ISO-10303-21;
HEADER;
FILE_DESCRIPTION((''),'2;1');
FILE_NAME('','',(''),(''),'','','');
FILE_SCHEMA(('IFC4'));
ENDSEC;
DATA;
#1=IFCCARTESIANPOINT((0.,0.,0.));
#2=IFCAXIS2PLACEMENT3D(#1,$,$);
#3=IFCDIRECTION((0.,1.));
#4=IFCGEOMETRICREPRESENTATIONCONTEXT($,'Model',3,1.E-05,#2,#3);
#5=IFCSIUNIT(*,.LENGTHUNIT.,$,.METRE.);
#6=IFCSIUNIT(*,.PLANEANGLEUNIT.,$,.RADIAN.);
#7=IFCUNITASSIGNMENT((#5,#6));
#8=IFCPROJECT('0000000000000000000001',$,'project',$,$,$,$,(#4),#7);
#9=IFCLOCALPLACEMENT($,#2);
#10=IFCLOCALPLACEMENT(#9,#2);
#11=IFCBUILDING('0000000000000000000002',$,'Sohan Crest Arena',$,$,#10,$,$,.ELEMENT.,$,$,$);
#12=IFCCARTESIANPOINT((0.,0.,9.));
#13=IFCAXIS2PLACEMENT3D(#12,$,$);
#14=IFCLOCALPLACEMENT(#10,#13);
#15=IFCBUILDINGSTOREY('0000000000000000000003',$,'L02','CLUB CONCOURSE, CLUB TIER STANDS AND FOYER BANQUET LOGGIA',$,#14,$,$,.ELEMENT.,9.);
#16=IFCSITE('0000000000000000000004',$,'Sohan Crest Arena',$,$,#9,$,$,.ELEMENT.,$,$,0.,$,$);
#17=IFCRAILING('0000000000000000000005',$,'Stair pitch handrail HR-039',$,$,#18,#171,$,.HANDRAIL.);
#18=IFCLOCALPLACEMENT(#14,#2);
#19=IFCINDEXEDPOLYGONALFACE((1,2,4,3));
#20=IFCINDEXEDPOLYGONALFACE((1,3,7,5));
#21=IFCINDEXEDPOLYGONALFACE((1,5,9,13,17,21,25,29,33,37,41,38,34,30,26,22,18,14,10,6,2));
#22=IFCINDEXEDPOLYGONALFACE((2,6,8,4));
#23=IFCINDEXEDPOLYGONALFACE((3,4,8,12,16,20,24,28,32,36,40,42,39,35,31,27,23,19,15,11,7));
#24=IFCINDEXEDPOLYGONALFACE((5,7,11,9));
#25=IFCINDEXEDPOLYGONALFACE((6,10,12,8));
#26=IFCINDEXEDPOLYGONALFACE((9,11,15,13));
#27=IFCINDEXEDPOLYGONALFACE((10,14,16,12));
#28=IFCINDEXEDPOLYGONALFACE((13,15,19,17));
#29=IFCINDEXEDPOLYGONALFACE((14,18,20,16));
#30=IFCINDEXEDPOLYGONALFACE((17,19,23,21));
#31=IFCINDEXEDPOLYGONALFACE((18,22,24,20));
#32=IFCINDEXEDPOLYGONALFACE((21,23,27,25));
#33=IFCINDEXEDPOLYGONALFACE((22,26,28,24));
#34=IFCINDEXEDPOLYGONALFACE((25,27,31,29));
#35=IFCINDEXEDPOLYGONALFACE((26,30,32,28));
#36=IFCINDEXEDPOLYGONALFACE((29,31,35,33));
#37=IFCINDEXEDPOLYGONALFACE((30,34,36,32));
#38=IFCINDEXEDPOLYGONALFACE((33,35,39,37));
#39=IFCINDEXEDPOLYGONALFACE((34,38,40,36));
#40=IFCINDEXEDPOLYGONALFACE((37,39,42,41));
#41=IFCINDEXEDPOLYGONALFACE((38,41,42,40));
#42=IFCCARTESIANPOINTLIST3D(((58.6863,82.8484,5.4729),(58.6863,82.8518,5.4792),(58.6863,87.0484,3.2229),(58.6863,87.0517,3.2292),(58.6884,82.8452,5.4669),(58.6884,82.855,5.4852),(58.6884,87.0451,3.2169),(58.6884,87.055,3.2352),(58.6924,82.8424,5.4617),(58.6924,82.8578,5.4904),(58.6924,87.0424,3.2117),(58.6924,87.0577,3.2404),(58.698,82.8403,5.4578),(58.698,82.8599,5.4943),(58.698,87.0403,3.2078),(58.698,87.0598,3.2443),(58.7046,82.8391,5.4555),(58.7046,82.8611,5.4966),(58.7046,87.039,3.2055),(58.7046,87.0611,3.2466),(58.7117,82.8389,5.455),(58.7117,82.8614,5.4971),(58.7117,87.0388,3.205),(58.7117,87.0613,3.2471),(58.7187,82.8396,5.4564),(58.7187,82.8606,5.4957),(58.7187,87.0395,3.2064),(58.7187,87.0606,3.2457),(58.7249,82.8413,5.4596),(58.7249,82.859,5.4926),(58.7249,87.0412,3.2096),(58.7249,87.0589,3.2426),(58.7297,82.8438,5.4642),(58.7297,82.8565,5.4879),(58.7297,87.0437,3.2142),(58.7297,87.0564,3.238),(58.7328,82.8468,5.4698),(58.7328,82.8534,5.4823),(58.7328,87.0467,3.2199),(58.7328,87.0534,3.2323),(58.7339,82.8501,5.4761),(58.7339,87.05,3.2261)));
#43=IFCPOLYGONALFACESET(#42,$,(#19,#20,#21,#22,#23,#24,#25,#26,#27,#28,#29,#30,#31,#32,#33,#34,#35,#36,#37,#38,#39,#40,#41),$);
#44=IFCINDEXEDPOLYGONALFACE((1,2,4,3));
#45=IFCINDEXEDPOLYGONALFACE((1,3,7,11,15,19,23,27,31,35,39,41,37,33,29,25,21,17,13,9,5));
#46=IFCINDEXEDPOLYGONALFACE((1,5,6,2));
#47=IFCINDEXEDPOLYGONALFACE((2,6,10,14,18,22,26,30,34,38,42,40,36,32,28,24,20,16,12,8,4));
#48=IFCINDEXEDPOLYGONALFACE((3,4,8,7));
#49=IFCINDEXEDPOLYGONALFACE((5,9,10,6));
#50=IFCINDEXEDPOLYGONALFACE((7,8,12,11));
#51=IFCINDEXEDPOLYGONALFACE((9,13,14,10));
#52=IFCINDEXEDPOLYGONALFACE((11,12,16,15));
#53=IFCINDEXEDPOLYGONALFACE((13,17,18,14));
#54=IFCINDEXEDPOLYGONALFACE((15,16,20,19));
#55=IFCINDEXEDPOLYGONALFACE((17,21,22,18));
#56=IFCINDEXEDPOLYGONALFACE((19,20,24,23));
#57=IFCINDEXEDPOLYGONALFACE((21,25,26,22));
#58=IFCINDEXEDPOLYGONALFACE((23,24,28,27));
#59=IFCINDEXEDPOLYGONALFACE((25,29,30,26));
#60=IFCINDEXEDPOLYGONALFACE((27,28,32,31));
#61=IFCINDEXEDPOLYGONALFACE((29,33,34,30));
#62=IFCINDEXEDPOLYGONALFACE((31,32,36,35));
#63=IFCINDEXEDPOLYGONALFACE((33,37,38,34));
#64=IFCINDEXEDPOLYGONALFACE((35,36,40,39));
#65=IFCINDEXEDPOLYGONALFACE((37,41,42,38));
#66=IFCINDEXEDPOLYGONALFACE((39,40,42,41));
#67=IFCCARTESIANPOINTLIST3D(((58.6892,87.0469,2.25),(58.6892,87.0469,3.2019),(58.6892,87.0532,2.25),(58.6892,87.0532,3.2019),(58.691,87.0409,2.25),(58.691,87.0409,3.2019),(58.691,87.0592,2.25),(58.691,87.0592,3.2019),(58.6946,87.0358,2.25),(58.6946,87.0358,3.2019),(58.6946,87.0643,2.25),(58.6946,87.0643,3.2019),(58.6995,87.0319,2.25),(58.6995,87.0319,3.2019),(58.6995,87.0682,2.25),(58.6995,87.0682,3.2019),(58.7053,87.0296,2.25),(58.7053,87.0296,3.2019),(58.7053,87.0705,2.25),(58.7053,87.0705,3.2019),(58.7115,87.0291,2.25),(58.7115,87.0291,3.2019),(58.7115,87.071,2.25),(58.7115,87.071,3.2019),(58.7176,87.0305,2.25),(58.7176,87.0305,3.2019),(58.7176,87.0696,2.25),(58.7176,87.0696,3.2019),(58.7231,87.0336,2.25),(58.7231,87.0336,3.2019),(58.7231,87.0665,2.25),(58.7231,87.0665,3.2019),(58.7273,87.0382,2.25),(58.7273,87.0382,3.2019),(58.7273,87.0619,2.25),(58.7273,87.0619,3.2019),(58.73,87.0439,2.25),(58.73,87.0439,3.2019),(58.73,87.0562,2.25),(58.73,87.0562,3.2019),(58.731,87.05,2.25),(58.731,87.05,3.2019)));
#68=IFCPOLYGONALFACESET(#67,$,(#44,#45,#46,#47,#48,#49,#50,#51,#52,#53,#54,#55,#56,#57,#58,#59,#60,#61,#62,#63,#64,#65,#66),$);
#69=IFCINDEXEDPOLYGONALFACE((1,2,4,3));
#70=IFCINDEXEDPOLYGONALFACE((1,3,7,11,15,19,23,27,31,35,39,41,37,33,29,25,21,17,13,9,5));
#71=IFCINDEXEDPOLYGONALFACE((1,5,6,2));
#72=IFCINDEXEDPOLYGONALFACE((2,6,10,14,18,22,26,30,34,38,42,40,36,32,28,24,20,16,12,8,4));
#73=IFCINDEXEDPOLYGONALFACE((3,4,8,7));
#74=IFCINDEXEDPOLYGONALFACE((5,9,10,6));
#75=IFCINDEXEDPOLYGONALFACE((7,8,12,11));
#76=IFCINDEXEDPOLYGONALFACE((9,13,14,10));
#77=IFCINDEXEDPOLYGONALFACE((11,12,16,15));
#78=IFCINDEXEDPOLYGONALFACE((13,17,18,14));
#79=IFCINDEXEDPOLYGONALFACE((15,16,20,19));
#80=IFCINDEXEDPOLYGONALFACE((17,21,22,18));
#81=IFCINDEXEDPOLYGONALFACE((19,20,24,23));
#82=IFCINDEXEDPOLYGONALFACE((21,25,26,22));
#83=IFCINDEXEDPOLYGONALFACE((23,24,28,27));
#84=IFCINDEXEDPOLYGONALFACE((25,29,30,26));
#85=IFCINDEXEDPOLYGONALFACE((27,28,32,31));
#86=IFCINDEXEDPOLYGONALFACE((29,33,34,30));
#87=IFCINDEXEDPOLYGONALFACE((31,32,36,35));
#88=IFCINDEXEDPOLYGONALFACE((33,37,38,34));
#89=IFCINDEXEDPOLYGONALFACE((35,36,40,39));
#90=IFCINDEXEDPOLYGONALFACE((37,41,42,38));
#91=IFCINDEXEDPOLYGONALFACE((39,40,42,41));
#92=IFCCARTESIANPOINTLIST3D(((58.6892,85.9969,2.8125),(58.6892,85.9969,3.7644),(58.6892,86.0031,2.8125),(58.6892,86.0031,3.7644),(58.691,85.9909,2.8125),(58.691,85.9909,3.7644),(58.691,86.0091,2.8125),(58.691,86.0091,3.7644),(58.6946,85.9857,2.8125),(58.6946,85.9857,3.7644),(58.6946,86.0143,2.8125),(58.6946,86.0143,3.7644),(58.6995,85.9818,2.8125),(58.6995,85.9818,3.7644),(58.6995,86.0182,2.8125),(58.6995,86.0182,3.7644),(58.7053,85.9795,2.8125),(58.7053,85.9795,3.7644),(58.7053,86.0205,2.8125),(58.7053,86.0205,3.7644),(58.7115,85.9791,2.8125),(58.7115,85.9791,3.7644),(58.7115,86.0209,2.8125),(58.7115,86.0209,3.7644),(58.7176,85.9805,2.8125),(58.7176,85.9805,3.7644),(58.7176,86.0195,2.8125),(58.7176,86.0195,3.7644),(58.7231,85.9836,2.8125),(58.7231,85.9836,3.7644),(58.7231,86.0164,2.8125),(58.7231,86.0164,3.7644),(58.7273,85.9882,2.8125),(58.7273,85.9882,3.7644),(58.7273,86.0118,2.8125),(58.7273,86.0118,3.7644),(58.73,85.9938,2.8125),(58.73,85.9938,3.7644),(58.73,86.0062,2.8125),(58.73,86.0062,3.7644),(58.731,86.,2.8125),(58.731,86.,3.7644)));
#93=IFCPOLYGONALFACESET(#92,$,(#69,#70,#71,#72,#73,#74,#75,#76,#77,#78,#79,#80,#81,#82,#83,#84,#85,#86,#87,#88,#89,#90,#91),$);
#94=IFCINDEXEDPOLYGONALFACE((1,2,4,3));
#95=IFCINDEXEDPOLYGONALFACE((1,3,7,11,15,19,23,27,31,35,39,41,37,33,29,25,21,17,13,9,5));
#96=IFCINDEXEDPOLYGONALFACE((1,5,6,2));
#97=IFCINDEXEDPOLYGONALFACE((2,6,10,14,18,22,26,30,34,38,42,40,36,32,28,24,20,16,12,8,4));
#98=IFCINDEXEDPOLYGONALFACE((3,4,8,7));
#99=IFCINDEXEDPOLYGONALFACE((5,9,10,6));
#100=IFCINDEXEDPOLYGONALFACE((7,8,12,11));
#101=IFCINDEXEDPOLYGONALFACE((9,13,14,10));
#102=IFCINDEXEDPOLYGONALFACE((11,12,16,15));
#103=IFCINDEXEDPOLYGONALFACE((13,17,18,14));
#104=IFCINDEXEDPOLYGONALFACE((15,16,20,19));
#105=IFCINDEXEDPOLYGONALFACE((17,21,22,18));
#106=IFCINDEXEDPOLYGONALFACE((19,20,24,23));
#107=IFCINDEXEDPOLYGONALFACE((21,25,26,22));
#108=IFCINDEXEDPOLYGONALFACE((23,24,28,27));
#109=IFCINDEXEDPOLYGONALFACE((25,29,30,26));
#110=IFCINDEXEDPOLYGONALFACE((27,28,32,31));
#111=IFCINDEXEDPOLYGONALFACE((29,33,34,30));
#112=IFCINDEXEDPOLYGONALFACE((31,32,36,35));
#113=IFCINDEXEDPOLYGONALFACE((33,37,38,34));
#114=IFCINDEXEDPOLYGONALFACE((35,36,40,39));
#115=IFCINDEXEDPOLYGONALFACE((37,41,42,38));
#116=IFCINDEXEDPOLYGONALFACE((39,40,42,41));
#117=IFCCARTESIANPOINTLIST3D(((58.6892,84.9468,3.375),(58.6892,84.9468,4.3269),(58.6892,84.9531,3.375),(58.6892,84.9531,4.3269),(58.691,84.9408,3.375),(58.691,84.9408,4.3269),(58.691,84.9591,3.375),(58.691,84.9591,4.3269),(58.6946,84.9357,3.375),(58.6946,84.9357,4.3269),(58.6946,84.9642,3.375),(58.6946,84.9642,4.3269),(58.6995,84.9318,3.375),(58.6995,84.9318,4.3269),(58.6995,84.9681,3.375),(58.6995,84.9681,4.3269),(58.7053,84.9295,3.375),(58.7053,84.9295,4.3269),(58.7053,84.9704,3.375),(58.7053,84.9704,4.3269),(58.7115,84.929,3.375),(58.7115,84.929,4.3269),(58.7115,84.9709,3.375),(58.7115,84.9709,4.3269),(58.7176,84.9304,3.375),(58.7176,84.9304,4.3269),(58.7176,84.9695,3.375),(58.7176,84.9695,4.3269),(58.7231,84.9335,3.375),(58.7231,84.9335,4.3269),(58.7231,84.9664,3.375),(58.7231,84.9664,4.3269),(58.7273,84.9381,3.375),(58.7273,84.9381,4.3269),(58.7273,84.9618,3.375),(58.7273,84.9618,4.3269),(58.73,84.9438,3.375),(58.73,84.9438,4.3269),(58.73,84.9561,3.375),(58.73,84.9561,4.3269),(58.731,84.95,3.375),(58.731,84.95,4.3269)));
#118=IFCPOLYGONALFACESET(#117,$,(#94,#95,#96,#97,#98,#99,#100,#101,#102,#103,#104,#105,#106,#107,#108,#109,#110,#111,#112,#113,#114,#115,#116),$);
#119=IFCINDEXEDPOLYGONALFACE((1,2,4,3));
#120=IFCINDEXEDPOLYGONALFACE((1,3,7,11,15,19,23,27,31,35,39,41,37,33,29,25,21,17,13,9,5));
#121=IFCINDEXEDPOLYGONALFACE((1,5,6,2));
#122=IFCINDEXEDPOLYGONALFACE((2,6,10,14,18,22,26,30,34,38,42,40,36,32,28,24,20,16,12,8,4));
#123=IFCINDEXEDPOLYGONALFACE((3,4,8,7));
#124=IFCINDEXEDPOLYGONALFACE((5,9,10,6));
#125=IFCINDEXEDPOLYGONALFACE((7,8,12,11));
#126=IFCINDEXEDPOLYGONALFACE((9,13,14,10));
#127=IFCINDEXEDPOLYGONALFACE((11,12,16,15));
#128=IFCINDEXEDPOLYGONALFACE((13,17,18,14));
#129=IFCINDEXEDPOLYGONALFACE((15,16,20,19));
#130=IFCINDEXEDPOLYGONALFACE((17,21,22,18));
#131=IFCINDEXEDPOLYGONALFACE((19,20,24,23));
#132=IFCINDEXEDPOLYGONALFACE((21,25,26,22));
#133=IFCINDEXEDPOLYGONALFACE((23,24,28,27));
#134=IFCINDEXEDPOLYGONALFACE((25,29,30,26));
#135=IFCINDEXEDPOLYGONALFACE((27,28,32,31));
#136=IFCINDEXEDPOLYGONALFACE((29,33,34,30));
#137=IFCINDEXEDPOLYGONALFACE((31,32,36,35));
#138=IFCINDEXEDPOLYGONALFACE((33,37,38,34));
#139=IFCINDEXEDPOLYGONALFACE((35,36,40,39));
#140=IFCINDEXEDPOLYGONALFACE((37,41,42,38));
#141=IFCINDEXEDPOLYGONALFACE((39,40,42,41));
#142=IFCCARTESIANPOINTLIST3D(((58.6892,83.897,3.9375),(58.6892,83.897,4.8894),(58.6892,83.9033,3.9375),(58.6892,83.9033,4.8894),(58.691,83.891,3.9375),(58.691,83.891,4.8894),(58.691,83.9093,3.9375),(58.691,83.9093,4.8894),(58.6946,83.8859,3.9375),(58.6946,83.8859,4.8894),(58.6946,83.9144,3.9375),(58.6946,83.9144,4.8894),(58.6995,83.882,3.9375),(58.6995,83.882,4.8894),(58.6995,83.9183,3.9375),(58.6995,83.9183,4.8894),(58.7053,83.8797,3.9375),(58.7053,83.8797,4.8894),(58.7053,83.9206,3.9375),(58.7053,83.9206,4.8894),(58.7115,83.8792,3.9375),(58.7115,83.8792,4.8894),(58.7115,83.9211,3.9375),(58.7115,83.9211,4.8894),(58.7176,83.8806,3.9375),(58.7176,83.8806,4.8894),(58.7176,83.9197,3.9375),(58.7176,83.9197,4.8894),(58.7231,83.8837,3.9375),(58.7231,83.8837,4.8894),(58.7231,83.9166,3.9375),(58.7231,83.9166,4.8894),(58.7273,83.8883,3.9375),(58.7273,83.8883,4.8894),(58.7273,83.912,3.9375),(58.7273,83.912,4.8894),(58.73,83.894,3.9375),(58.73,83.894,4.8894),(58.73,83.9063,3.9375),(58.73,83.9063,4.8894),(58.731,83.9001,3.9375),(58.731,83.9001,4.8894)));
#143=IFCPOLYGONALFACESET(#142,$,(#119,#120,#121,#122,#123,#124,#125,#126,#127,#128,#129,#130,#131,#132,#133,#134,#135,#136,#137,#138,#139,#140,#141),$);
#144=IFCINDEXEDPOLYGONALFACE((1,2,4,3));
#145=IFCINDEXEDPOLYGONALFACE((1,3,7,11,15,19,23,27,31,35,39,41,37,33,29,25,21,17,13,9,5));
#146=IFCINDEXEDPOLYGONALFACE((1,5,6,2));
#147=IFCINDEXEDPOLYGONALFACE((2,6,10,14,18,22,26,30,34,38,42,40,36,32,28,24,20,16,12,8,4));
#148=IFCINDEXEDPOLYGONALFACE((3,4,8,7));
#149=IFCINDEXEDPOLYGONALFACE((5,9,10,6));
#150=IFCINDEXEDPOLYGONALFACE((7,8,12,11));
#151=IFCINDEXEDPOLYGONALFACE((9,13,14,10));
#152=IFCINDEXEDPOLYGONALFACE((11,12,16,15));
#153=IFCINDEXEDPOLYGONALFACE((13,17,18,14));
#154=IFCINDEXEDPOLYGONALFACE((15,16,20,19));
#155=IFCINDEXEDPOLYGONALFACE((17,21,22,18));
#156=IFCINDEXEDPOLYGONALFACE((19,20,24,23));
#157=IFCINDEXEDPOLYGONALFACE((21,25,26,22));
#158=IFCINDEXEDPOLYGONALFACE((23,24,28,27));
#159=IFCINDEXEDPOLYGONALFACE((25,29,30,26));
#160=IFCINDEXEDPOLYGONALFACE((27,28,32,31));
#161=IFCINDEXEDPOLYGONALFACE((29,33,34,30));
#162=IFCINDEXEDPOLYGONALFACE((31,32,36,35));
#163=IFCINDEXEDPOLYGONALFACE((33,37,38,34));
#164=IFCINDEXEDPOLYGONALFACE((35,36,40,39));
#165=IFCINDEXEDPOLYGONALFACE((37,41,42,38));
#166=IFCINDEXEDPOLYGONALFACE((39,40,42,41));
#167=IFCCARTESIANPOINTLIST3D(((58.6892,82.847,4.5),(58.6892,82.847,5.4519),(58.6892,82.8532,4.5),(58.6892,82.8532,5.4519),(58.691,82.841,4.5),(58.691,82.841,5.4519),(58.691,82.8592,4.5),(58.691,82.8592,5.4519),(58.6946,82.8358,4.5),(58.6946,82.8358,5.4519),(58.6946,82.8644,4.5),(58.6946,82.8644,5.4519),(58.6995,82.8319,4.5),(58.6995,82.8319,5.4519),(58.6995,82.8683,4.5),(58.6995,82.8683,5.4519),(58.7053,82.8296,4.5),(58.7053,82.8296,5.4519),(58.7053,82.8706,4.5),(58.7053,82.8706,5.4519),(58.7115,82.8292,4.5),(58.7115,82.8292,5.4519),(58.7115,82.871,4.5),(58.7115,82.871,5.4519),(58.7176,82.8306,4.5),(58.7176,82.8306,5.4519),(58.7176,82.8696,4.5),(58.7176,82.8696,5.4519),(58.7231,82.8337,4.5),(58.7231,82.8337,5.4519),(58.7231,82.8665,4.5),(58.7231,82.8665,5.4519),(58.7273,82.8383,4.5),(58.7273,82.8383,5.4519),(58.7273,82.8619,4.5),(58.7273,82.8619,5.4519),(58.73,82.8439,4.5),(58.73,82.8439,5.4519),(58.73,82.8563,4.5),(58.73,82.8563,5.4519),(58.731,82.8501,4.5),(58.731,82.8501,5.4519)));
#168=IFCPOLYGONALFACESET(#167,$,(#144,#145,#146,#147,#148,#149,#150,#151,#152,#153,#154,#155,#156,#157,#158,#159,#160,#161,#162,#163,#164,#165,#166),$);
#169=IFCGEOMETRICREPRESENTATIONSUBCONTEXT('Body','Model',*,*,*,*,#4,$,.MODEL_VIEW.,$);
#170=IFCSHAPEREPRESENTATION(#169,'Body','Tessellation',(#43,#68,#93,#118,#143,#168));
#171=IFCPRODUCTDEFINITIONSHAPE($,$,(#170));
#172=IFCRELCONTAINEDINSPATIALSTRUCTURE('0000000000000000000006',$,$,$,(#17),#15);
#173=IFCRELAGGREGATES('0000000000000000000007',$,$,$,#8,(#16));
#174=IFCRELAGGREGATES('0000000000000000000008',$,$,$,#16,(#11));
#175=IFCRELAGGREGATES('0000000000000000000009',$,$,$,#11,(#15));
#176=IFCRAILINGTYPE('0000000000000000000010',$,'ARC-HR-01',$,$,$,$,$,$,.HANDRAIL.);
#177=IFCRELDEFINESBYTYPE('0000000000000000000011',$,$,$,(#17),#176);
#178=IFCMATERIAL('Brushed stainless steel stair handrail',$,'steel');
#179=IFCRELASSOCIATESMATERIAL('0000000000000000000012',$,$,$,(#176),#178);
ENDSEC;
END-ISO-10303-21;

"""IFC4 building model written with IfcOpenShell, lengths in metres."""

from ifc_helpers import new_model, si_unit, direction, frame, origin, origin_2d, place, context, subcontext, project, spatial, circle, extrude, material, type_object, element, save


model = new_model("IFC4")

# Units and contexts
model_context = context("Model", 3, precision=1e-05, world=origin(), true_north=direction((0.0, 1.0)))
body_context = subcontext(model_context, "Body", "Model", "MODEL_VIEW")
ifc_project = project(units=[si_unit("LENGTHUNIT", "METRE"), si_unit("PLANEANGLEUNIT", "RADIAN")], contexts=[model_context])

# Site, building, storey
site_placement = place(None, origin())
site = spatial("IfcSite", under=ifc_project, at=site_placement, Name="Sohan Crest Arena", CompositionType="ELEMENT", RefElevation=0.0)
building_placement = place(site_placement, origin())
building = spatial("IfcBuilding", under=site, at=building_placement, Name="Sohan Crest Arena", CompositionType="ELEMENT")
storey_placement = place(building_placement, frame((0.0, 0.0, 9.0)))
storey = spatial("IfcBuildingStorey", under=building, at=storey_placement, Name="L02", Description="CLUB CONCOURSE, CLUB TIER STANDS AND FOYER BANQUET LOGGIA", CompositionType="ELEMENT", Elevation=9.0)

# Railing
ifc_material_1 = material(Name="Brushed stainless steel stair handrail", Category="steel")
railing_type_1 = type_object("IfcRailingType", Name="ARC-HR-01", PredefinedType="HANDRAIL", material=ifc_material_1)
railing_1_placement = place(storey_placement, frame((58.71, 87.05, 2.25)))
element("IfcRailing", 1, at=railing_1_placement, inside=storey, type_object=railing_type_1, Name="Stair pitch handrail HR-039", PredefinedType="HANDRAIL", context=body_context, shape_type="SweptSolid", body=[
    extrude(circle(Radius=0.0239, at=origin_2d()), frame((0.0, 0.0, 0.9761), z_axis=(0.0, -0.881478, 0.472226), x_axis=(1.0, 0.0, 0.0)), (0.0, 0.0, 1.0), 4.7646),
    extrude(circle(Radius=0.021, at=origin_2d()), origin(), (0.0, 0.0, 1.0), 0.9519),
    extrude(circle(Radius=0.021, at=origin_2d()), frame((0.0, -1.05, 0.5625)), (0.0, 0.0, 1.0), 0.9519),
    extrude(circle(Radius=0.021, at=origin_2d()), frame((0.0, -2.1001, 1.125)), (0.0, 0.0, 1.0), 0.9519),
    extrude(circle(Radius=0.021, at=origin_2d()), frame((0.0, -3.1499, 1.6875)), (0.0, 0.0, 1.0), 0.9519),
    extrude(circle(Radius=0.021, at=origin_2d()), frame((0.0, -4.2, 2.25)), (0.0, 0.0, 1.0), 0.9519),
])

save(model, "model.ifc")
